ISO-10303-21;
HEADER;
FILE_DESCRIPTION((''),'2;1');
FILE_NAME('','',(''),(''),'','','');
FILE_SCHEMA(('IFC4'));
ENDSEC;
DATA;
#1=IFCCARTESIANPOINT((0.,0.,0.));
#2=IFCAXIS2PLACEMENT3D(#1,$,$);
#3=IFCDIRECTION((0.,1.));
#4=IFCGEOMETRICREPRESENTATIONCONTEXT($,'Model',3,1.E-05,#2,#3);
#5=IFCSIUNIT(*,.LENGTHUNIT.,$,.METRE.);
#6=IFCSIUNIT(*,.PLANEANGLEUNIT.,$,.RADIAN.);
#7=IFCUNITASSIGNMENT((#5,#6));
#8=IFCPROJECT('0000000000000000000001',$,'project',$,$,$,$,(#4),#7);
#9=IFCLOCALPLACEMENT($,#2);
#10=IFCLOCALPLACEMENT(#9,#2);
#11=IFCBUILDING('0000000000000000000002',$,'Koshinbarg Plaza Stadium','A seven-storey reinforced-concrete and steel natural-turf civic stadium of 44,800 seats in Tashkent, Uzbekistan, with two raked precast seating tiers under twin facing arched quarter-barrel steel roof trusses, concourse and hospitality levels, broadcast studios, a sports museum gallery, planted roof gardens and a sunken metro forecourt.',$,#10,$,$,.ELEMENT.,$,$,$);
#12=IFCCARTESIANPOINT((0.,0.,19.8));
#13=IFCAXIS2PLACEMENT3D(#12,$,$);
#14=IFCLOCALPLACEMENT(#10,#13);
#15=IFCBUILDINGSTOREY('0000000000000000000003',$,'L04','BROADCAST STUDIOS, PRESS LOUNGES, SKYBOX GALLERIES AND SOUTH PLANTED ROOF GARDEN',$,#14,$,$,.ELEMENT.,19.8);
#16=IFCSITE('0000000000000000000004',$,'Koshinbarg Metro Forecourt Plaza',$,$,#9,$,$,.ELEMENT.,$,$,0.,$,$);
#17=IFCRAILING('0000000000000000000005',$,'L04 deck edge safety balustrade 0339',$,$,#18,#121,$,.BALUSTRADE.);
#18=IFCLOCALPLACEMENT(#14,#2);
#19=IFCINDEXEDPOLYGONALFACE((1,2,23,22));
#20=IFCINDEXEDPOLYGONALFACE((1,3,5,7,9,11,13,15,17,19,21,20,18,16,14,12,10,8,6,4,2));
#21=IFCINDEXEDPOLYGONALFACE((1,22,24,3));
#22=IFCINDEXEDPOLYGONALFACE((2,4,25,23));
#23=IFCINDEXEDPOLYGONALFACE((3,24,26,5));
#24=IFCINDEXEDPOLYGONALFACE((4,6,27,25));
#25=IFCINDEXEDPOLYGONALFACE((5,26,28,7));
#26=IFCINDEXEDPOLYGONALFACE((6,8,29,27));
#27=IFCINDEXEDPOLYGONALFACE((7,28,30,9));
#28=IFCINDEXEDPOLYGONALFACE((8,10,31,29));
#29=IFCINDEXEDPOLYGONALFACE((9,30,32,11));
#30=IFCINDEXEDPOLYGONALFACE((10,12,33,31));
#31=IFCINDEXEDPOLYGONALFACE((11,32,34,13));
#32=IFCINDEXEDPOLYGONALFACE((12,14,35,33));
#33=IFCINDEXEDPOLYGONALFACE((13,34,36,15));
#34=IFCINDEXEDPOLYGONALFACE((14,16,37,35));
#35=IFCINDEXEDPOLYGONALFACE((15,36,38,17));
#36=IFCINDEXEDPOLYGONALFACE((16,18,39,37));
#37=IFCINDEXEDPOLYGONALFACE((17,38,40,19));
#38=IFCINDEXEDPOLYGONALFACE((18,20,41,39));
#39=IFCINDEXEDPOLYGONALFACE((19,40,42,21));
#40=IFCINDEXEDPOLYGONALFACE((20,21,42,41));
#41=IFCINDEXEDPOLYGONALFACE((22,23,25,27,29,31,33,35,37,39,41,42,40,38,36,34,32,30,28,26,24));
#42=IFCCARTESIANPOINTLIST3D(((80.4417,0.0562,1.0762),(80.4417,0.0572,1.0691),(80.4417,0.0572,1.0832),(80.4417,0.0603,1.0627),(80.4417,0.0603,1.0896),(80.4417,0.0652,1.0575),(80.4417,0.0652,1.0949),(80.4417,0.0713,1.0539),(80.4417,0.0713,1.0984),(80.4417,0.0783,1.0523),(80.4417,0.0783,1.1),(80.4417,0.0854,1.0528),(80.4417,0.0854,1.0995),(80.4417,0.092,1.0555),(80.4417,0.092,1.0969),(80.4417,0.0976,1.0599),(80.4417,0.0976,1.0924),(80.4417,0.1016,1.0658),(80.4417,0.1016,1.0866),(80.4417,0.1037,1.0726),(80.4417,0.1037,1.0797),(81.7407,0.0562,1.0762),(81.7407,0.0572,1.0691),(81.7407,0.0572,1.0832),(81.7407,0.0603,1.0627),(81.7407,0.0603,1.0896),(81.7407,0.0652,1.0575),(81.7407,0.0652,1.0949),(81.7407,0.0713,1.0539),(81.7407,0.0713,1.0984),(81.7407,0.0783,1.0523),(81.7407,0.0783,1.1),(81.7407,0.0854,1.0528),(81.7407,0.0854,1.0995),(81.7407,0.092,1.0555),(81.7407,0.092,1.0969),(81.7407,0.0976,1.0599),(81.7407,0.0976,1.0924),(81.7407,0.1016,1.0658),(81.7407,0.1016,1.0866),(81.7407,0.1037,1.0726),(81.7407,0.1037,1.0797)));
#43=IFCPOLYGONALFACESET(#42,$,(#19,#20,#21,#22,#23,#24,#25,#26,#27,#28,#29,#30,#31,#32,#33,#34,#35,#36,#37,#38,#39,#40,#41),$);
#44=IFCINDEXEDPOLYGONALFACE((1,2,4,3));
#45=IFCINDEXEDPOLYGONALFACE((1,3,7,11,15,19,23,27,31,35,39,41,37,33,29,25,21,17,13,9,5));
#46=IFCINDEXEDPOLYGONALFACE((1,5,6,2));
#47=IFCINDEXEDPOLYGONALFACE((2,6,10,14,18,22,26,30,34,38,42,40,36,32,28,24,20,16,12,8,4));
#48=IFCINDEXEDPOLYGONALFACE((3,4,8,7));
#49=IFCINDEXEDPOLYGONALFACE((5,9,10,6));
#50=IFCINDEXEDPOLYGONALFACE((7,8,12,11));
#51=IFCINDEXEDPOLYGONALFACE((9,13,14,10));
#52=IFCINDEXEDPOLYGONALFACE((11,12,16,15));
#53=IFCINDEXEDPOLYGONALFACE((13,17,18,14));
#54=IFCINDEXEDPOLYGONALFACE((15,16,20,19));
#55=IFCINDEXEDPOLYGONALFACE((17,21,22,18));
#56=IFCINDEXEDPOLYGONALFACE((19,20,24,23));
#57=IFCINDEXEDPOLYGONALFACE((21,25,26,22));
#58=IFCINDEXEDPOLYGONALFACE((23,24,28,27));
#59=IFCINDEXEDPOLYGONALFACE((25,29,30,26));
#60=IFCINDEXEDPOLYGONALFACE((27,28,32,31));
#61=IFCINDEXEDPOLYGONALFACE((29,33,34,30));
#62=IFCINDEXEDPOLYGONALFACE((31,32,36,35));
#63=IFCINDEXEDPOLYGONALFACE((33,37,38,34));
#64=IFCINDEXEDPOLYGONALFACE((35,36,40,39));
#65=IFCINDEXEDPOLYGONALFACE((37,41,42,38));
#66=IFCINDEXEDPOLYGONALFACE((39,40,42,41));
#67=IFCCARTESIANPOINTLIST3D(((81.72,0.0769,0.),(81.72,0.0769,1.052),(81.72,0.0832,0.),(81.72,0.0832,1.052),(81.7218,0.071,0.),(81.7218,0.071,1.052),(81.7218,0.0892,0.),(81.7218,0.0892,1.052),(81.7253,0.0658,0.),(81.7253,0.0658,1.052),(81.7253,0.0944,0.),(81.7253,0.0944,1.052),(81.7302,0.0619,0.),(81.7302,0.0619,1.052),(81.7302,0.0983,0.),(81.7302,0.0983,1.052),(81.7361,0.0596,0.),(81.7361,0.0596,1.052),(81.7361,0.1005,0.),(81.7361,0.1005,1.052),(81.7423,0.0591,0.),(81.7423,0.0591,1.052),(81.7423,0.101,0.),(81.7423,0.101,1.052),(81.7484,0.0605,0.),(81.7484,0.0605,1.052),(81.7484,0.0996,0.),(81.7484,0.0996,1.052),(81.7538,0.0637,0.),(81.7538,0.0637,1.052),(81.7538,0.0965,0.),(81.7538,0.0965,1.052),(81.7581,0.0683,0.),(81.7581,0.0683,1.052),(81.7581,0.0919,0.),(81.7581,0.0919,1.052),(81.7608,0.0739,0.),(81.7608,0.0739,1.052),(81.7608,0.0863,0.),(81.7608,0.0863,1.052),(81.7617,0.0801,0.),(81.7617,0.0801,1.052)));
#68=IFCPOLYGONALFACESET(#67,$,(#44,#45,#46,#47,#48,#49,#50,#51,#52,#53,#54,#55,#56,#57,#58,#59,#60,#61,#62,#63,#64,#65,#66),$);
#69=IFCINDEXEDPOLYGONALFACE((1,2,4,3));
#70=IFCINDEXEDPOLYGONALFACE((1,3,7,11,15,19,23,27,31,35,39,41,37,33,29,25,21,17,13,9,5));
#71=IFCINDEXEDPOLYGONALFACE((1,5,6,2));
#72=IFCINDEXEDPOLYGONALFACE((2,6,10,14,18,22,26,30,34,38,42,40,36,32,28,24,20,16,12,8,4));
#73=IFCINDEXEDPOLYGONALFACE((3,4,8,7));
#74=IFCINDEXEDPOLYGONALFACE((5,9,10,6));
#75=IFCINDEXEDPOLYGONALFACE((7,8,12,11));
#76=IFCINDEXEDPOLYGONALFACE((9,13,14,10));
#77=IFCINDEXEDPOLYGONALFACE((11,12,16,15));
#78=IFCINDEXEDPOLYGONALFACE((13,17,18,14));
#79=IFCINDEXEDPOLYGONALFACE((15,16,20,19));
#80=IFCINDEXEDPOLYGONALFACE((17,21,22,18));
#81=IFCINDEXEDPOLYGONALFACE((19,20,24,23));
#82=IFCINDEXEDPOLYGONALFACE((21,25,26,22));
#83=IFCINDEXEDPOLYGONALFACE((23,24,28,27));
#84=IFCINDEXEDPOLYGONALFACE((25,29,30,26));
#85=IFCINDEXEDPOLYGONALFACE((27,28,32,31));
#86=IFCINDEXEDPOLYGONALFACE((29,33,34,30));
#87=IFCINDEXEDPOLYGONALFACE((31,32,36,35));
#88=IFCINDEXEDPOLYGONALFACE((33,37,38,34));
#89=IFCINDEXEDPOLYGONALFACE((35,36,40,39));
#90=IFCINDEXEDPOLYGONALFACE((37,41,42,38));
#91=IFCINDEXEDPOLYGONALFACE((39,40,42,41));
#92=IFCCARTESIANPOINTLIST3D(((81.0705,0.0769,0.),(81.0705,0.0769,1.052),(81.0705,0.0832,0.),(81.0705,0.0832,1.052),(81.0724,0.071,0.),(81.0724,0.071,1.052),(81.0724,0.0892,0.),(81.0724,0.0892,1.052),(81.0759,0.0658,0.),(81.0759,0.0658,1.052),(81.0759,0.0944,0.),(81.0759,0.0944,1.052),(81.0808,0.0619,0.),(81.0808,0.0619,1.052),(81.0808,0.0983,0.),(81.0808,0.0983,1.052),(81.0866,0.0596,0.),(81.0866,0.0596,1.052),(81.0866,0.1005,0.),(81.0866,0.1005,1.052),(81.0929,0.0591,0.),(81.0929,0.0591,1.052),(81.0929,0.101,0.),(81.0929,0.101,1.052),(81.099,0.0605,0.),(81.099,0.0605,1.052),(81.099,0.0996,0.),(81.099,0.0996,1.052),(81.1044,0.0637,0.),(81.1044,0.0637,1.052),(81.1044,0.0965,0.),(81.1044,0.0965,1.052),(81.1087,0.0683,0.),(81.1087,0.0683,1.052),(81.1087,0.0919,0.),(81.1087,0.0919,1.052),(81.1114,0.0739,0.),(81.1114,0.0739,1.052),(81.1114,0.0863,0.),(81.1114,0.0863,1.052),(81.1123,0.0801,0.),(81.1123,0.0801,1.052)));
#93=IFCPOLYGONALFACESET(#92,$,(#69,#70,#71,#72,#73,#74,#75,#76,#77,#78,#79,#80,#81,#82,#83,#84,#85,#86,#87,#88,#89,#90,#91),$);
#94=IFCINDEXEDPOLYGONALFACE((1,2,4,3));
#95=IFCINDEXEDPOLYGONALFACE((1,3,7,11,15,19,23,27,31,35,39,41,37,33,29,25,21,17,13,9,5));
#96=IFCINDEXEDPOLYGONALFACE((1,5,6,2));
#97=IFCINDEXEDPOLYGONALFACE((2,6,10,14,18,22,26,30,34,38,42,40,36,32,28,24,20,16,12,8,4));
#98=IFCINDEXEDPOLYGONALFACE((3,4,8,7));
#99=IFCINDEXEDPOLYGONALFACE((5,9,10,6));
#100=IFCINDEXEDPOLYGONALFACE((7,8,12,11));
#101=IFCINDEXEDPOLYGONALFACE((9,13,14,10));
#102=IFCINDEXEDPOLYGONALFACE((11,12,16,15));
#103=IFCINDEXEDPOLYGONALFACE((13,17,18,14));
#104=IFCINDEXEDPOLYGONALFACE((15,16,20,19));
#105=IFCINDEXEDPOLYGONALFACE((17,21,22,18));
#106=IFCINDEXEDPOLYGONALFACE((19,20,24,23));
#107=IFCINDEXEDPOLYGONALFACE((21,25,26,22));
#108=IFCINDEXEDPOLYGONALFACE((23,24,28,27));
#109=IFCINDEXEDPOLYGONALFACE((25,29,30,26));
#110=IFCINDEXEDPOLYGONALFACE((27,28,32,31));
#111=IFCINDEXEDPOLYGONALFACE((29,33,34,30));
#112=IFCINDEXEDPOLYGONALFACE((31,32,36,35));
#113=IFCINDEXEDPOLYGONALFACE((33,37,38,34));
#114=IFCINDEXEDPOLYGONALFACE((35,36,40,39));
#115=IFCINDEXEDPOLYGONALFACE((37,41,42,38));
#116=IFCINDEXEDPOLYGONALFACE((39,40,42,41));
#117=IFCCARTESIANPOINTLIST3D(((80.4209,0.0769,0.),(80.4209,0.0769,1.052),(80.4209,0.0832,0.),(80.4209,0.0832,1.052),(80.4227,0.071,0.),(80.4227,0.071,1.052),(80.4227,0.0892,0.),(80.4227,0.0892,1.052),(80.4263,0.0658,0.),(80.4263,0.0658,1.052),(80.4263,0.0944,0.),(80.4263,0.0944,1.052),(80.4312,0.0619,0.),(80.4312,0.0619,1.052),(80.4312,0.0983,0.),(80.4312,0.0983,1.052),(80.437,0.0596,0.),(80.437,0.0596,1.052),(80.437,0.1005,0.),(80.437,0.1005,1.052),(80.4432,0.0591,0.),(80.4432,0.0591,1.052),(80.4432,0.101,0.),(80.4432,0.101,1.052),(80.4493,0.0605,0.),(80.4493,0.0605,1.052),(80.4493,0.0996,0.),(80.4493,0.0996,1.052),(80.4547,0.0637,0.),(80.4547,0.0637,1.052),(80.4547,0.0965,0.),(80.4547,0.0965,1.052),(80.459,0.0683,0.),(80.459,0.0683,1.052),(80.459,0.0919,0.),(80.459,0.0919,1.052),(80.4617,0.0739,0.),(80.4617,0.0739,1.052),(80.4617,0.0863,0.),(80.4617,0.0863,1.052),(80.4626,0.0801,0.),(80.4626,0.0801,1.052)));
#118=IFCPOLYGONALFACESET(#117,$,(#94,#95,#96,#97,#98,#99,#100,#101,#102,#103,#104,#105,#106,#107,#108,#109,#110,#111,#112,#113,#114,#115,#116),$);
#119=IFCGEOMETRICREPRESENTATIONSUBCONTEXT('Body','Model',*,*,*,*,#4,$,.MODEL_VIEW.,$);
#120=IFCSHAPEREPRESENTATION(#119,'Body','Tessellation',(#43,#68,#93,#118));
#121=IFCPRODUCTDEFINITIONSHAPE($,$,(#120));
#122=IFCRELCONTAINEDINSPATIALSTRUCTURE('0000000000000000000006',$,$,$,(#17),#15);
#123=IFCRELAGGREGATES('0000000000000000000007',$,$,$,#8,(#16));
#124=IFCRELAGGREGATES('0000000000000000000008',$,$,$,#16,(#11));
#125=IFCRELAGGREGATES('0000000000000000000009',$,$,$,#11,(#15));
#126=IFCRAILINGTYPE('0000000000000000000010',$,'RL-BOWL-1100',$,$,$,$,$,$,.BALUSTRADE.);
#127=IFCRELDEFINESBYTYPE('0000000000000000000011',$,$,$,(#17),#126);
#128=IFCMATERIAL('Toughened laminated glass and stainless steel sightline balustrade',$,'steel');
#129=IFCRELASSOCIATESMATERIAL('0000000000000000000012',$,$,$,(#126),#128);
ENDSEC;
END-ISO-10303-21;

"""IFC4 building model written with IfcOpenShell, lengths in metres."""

from ifc_helpers import new_model, si_unit, direction, frame, origin, origin_2d, place, context, subcontext, project, spatial, circle, extrude, material, type_object, element, save


model = new_model("IFC4")

# Units and contexts
model_context = context("Model", 3, precision=1e-05, world=origin(), true_north=direction((0.0, 1.0)))
body_context = subcontext(model_context, "Body", "Model", "MODEL_VIEW")
ifc_project = project(units=[si_unit("LENGTHUNIT", "METRE"), si_unit("PLANEANGLEUNIT", "RADIAN")], contexts=[model_context])

# Site, building, storey
site_placement = place(None, origin())
site = spatial("IfcSite", under=ifc_project, at=site_placement, Name="Koshinbarg Metro Forecourt Plaza", CompositionType="ELEMENT", RefElevation=0.0)
building_placement = place(site_placement, origin())
building = spatial("IfcBuilding", under=site, at=building_placement, Name="Koshinbarg Plaza Stadium", Description="A seven-storey reinforced-concrete and steel natural-turf civic stadium of 44,800 seats in Tashkent, Uzbekistan, with two raked precast seating tiers under twin facing arched quarter-barrel steel roof trusses, concourse and hospitality levels, broadcast studios, a sports museum gallery, planted roof gardens and a sunken metro forecourt.", CompositionType="ELEMENT")
storey_placement = place(building_placement, frame((0.0, 0.0, 19.8)))
storey = spatial("IfcBuildingStorey", under=building, at=storey_placement, Name="L04", Description="BROADCAST STUDIOS, PRESS LOUNGES, SKYBOX GALLERIES AND SOUTH PLANTED ROOF GARDEN", CompositionType="ELEMENT", Elevation=19.8)

# Railing
ifc_material_1 = material(Name="Toughened laminated glass and stainless steel sightline balustrade", Category="steel")
railing_type = type_object("IfcRailingType", Name="RL-BOWL-1100", PredefinedType="BALUSTRADE", material=ifc_material_1)
railing_1_placement = place(storey_placement, frame((81.7407, 0.0801, 0.0)))
element("IfcRailing", 1, at=railing_1_placement, inside=storey, type_object=railing_type, Name="L04 deck edge safety balustrade 0339", PredefinedType="BALUSTRADE", context=body_context, shape_type="SweptSolid", body=[
    extrude(circle(Radius=0.0239, at=origin_2d()), frame((0.0, 0.0, 1.0762), z_axis=(-1.0, 0.0, 0.0), x_axis=(0.0, -1.0, 0.0)), (0.0, 0.0, 1.0), 1.2991),
    extrude(circle(Radius=0.021, at=origin_2d()), origin(), (0.0, 0.0, 1.0), 1.052),
    extrude(circle(Radius=0.021, at=origin_2d()), frame((-0.6494, 0.0, 0.0)), (0.0, 0.0, 1.0), 1.052),
    extrude(circle(Radius=0.021, at=origin_2d()), frame((-1.2991, 0.0, 0.0)), (0.0, 0.0, 1.0), 1.052),
])

save(model, "model.ifc")
